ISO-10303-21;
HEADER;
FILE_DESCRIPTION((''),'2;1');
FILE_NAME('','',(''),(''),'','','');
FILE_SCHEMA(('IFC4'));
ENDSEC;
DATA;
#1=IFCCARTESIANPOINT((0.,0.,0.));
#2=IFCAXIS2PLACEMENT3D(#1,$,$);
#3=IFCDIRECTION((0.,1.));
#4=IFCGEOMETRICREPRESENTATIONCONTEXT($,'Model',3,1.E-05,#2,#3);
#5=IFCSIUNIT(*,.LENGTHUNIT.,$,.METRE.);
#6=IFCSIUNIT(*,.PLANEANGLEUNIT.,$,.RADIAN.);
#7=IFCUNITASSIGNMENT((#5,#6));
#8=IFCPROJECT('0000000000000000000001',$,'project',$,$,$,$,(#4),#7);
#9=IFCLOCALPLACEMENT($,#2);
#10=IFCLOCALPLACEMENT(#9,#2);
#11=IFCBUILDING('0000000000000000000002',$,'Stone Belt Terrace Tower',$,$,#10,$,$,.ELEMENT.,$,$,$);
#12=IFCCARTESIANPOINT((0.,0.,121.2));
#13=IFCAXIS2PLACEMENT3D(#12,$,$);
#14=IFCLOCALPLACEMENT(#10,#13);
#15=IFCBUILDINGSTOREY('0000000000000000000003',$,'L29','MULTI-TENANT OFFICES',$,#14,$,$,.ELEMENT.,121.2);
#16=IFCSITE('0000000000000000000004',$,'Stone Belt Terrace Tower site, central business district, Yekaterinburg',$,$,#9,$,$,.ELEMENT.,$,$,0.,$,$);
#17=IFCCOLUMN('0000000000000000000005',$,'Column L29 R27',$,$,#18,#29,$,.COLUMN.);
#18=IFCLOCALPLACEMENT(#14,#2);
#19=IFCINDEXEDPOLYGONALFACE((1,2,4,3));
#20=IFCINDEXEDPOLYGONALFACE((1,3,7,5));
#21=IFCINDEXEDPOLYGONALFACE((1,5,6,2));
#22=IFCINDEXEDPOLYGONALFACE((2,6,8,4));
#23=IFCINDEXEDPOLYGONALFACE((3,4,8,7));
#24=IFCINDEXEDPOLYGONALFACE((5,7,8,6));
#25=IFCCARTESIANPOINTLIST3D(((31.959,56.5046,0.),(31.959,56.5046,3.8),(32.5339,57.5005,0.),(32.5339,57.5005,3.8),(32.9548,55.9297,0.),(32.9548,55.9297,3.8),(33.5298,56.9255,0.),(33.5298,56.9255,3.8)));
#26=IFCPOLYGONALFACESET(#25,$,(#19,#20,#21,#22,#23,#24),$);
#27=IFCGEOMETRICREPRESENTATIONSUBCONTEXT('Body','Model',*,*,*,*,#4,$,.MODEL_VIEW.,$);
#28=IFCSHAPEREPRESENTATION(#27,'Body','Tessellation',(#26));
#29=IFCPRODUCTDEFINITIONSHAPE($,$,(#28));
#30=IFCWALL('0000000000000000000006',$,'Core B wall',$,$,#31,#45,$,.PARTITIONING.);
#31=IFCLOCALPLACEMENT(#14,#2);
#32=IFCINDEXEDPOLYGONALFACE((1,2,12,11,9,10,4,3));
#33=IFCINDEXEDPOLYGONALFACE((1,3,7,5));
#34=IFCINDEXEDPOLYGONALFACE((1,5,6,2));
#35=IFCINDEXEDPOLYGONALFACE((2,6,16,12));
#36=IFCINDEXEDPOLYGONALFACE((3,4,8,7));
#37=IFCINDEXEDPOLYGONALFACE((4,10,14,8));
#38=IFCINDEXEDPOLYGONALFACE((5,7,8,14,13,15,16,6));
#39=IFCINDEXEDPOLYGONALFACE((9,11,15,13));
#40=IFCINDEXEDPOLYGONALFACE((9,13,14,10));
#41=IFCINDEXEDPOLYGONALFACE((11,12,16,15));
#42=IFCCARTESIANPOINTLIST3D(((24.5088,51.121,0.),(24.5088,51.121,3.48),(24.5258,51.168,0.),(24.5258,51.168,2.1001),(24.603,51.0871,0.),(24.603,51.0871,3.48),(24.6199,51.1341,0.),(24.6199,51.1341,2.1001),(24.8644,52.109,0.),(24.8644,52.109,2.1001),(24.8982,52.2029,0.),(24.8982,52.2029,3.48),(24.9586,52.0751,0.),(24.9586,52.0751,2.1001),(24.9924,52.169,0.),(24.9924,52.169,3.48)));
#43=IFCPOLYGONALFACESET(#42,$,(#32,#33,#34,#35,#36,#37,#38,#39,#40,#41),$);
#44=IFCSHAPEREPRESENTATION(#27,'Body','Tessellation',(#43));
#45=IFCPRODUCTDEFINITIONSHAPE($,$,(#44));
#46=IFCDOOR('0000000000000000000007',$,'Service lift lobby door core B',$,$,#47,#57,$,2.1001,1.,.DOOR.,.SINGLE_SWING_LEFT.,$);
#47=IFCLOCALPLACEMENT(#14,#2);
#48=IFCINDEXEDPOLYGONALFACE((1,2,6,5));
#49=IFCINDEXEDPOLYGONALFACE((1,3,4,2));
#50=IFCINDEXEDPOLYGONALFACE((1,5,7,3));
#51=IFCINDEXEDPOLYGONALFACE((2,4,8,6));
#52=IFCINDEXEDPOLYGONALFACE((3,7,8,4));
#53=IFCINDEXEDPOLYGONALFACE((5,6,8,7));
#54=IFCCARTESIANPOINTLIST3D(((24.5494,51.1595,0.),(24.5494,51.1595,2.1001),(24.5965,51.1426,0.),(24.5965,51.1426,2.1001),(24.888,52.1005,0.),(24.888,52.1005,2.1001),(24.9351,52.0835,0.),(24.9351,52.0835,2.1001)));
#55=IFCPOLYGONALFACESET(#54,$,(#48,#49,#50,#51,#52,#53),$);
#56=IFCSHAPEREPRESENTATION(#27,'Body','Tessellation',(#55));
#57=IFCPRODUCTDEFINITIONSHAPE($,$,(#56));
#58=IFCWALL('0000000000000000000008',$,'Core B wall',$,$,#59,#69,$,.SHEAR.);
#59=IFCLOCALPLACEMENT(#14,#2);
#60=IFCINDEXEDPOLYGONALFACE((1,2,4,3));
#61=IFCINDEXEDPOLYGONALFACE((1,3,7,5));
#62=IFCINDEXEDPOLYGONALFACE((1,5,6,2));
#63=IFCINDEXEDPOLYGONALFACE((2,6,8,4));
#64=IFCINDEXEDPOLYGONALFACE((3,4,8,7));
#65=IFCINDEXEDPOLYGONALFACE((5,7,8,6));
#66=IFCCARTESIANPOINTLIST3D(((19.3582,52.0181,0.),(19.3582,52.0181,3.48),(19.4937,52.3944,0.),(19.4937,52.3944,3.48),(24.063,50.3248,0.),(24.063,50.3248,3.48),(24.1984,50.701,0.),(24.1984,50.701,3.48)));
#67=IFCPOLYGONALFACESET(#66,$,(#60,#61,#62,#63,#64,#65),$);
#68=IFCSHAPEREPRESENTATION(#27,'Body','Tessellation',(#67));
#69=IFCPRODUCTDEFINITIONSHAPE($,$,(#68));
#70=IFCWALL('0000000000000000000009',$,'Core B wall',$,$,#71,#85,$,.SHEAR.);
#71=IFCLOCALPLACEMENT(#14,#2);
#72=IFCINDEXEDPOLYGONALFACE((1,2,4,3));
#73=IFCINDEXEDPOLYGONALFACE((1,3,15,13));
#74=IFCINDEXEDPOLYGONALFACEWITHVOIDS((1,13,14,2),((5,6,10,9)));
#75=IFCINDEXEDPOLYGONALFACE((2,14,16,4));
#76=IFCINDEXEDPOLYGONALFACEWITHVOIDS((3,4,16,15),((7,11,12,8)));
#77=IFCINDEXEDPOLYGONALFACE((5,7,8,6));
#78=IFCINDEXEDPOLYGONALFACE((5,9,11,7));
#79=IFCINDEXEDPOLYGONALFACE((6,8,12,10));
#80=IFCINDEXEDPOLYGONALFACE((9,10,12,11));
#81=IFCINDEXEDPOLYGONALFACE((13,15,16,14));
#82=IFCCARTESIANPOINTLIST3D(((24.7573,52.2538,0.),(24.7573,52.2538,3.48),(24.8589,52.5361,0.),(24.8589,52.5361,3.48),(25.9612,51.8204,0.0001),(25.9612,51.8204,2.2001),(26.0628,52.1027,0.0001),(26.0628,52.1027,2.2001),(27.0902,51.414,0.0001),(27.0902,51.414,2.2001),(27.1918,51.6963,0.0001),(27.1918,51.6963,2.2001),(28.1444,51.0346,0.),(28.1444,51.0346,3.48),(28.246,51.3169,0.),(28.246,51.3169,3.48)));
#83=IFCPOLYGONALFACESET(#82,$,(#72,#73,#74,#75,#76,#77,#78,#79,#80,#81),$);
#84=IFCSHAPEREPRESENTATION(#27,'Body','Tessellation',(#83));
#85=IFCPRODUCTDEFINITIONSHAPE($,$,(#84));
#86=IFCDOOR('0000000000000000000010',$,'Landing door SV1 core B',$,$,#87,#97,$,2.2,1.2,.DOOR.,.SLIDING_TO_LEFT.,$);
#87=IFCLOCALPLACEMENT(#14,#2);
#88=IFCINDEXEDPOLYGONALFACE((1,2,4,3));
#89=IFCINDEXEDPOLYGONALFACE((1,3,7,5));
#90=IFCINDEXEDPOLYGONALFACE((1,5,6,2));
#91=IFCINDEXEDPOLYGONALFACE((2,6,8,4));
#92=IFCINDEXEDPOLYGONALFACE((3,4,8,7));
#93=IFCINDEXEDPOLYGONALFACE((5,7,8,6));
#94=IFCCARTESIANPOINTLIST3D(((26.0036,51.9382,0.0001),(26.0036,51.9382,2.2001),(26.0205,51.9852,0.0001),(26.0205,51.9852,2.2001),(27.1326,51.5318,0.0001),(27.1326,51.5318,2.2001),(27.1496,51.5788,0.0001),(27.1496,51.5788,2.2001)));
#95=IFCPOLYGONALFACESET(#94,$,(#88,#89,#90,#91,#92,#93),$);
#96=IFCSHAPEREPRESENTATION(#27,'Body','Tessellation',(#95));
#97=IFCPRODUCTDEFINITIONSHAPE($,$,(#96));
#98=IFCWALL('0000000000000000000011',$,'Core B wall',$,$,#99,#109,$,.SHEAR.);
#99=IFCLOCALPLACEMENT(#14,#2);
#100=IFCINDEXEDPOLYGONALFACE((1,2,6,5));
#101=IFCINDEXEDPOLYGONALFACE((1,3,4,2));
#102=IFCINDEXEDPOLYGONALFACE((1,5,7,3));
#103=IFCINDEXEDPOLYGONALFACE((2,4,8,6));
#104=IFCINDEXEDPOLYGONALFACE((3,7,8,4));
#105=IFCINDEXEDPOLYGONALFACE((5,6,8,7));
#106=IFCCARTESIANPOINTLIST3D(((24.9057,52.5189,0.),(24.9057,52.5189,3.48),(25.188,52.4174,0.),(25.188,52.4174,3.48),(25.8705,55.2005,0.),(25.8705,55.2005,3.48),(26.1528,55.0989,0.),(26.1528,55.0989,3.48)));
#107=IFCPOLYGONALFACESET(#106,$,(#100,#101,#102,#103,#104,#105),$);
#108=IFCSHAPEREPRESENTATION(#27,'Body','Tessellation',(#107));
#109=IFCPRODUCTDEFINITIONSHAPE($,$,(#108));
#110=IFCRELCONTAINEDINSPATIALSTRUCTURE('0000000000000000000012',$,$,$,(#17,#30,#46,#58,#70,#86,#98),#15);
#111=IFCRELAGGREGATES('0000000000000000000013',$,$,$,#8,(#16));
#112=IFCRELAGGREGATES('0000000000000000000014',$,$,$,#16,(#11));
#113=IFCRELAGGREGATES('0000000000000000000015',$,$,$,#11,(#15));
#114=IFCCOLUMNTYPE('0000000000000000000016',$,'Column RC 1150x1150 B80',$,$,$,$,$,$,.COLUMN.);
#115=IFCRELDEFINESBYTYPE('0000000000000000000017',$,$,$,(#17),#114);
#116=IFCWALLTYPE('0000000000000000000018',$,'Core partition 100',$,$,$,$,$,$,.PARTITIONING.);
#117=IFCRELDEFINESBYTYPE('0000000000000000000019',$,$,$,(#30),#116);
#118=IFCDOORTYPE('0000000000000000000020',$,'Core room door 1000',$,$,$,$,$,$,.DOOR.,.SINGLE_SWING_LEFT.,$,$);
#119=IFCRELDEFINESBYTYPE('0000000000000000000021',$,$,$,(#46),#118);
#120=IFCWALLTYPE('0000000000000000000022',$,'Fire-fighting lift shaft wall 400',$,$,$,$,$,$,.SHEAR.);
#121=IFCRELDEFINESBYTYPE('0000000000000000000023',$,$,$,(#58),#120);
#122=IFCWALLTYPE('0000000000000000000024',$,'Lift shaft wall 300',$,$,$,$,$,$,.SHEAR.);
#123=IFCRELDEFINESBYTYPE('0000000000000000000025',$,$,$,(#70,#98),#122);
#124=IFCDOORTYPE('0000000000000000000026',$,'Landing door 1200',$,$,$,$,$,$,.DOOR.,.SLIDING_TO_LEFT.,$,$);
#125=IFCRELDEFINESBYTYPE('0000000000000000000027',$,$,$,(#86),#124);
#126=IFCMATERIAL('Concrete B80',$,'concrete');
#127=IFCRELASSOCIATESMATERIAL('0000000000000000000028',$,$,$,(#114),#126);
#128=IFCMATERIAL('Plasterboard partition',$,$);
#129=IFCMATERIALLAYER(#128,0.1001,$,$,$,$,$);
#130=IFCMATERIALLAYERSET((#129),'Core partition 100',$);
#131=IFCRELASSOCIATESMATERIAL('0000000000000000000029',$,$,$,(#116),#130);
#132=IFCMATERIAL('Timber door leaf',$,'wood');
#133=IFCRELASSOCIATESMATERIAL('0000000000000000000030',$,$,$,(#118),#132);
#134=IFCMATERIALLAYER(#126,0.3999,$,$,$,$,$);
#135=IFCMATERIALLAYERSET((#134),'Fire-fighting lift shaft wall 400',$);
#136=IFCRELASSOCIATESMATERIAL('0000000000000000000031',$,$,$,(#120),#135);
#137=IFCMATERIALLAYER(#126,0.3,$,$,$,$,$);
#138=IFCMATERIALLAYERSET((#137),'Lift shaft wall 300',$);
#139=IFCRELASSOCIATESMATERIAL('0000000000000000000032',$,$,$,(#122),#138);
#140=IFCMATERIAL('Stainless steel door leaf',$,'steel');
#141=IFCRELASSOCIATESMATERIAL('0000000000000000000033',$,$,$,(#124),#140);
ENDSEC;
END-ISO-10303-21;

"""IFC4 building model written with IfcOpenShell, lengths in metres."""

from ifc_helpers import new_model, si_unit, direction, frame, frame_2d, origin, origin_2d, place, context, subcontext, project, spatial, rectangle, extrude, material, layer, layer_set, material_profile, profile_set, type_object, element, fill, save


model = new_model("IFC4")

# Units and contexts
model_context = context("Model", 3, precision=1e-05, world=origin(), true_north=direction((0.0, 1.0)))
body_context = subcontext(model_context, "Body", "Model", "MODEL_VIEW")
ifc_project = project(units=[si_unit("LENGTHUNIT", "METRE"), si_unit("PLANEANGLEUNIT", "RADIAN")], contexts=[model_context])

# Site, building, storey
site_placement = place(None, origin())
site = spatial("IfcSite", under=ifc_project, at=site_placement, Name="Stone Belt Terrace Tower site, central business district, Yekaterinburg", CompositionType="ELEMENT", RefElevation=0.0)
building_placement = place(site_placement, origin())
building = spatial("IfcBuilding", under=site, at=building_placement, Name="Stone Belt Terrace Tower", CompositionType="ELEMENT")
storey_placement = place(building_placement, frame((0.0, 0.0, 121.2)))
storey = spatial("IfcBuildingStorey", under=building, at=storey_placement, Name="L29", Description="MULTI-TENANT OFFICES", CompositionType="ELEMENT", Elevation=121.2)

# Column
ifc_material_1 = material(Name="Concrete B80", Category="concrete")
ifc_material_profile = material_profile(ifc_material_1, rectangle(XDim=1.1499, YDim=1.1499, at=origin_2d()), Name="RC 1150x1150")
ifc_profile_set = profile_set([ifc_material_profile], Name="Concrete B80")
column_type = type_object("IfcColumnType", Name="Column RC 1150x1150 B80", PredefinedType="COLUMN", material=ifc_profile_set)
column_placement = place(storey_placement, frame((32.7444, 56.7151, 0.0), z_axis=(0.0, 0.0, 1.0), x_axis=(0.866025, -0.5, 0.0)))
element("IfcColumn", 1, at=column_placement, inside=storey, type_object=column_type, Name="Column L29 R27", PredefinedType="COLUMN", context=body_context, shape_type="SweptSolid", body=[
    extrude(rectangle(XDim=1.1499, YDim=1.1499, at=origin_2d()), origin(), (0.0, 0.0, 1.0), 3.8),
])

# Wall, opening, door
ifc_material_2 = material(Name="Plasterboard partition")
ifc_layer_1 = layer(ifc_material_2, 0.1001)
ifc_layer_set_1 = layer_set([ifc_layer_1], Name="Core partition 100")
wall_type_1 = type_object("IfcWallType", Name="Core partition 100", PredefinedType="PARTITIONING", material=ifc_layer_set_1)
wall_1_placement = place(storey_placement, frame((24.5559, 51.104, 0.0), z_axis=(0.0, 0.0, 1.0), x_axis=(0.338622, 0.940923, 0.0)))
wall_1 = element("IfcWall", 2, at=wall_1_placement, inside=storey, type_object=wall_type_1, Name="Core B wall", PredefinedType="PARTITIONING", context=body_context, shape_type="SweptSolid", body=[
    extrude(rectangle(XDim=1.1499, YDim=0.1001, at=frame_2d((0.575, 0.0))), origin(), (0.0, 0.0, 1.0), 3.48),
])
opening_1_placement = place(wall_1_placement, frame((0.05, 0.0, 0.0)))
opening_1 = element("IfcOpeningElement", 3, at=opening_1_placement, cuts=wall_1, PredefinedType="OPENING", context=body_context, shape_type="SweptSolid", body=[
    extrude(rectangle(XDim=1.0, YDim=2.1001, at=frame_2d((0.5, 1.05))), frame((0.0, 0.0601, 0.0), z_axis=(0.0, -1.0, 0.0), x_axis=(1.0, 0.0, 0.0)), (0.0, 0.0, 1.0), 0.1201),
])
ifc_material_3 = material(Name="Timber door leaf", Category="wood")
door_type_1 = type_object("IfcDoorType", Name="Core room door 1000", OperationType="SINGLE_SWING_LEFT", PredefinedType="DOOR", material=ifc_material_3)
door_1_placement = place(opening_1_placement, origin())
door_1 = element("IfcDoor", 4, at=door_1_placement, inside=storey, type_object=door_type_1, Name="Service lift lobby door core B", OperationType="SINGLE_SWING_LEFT", OverallHeight=2.1001, OverallWidth=1.0, PredefinedType="DOOR", context=body_context, shape_type="SweptSolid", body=[
    extrude(rectangle(XDim=1.0, YDim=2.1001, at=frame_2d((0.5, 1.05))), frame((0.0, 0.0249, 0.0), z_axis=(0.0, -1.0, 0.0), x_axis=(1.0, 0.0, 0.0)), (0.0, 0.0, 1.0), 0.05),
])
fill(opening_1, door_1)

# Wall
ifc_layer_2 = layer(ifc_material_1, 0.3999)
ifc_layer_set_2 = layer_set([ifc_layer_2], Name="Fire-fighting lift shaft wall 400")
wall_type_2 = type_object("IfcWallType", Name="Fire-fighting lift shaft wall 400", PredefinedType="SHEAR", material=ifc_layer_set_2)
wall_2_placement = place(storey_placement, frame((24.1306, 50.5129, 0.0), z_axis=(0.0, 0.0, 1.0), x_axis=(-0.940912, 0.338652, 0.0)))
element("IfcWall", 5, at=wall_2_placement, inside=storey, type_object=wall_type_2, Name="Core B wall", PredefinedType="SHEAR", context=body_context, shape_type="SweptSolid", body=[
    extrude(rectangle(XDim=5.0002, YDim=0.3999, at=frame_2d((2.5, 0.0))), origin(), (0.0, 0.0, 1.0), 3.48),
])

# Wall, opening, door
ifc_layer_3 = layer(ifc_material_1, 0.3)
ifc_layer_set_3 = layer_set([ifc_layer_3], Name="Lift shaft wall 300")
wall_type_3 = type_object("IfcWallType", Name="Lift shaft wall 300", PredefinedType="SHEAR", material=ifc_layer_set_3)
wall_3_placement = place(storey_placement, frame((28.1951, 51.1758, 0.0), z_axis=(0.0, 0.0, 1.0), x_axis=(-0.940901, 0.338681, 0.0)))
wall_3 = element("IfcWall", 6, at=wall_3_placement, inside=storey, type_object=wall_type_3, Name="Core B wall", PredefinedType="SHEAR", context=body_context, shape_type="SweptSolid", body=[
    extrude(rectangle(XDim=3.5999, YDim=0.3, at=frame_2d((1.7998, 0.0))), origin(), (0.0, 0.0, 1.0), 3.48),
])
opening_2_placement = place(wall_3_placement, frame((1.1201, 0.0, 0.0)))
opening_2 = element("IfcOpeningElement", 7, at=opening_2_placement, cuts=wall_3, PredefinedType="OPENING", context=body_context, shape_type="SweptSolid", body=[
    extrude(rectangle(XDim=1.2, YDim=2.2, at=frame_2d((0.6001, 1.1001))), frame((0.0, 0.1599, 0.0), z_axis=(0.0, -1.0, 0.0), x_axis=(1.0, 0.0, 0.0)), (0.0, 0.0, 1.0), 0.3201),
])
ifc_material_4 = material(Name="Stainless steel door leaf", Category="steel")
door_type_2 = type_object("IfcDoorType", Name="Landing door 1200", OperationType="SLIDING_TO_LEFT", PredefinedType="DOOR", material=ifc_material_4)
door_2_placement = place(opening_2_placement, origin())
door_2 = element("IfcDoor", 8, at=door_2_placement, inside=storey, type_object=door_type_2, Name="Landing door SV1 core B", OperationType="SLIDING_TO_LEFT", OverallHeight=2.2, OverallWidth=1.2, PredefinedType="DOOR", context=body_context, shape_type="SweptSolid", body=[
    extrude(rectangle(XDim=1.2, YDim=2.2, at=frame_2d((0.6001, 1.1001))), frame((0.0, 0.0249, 0.0), z_axis=(0.0, -1.0, 0.0), x_axis=(1.0, 0.0, 0.0)), (0.0, 0.0, 1.0), 0.05),
])
fill(opening_2, door_2)

# Wall
wall_4_placement = place(storey_placement, frame((25.0469, 52.4683, 0.0), z_axis=(0.0, 0.0, 1.0), x_axis=(0.33855, 0.940949, 0.0)))
element("IfcWall", 9, at=wall_4_placement, inside=storey, type_object=wall_type_3, Name="Core B wall", PredefinedType="SHEAR", context=body_context, shape_type="SweptSolid", body=[
    extrude(rectangle(XDim=2.8499, YDim=0.3, at=frame_2d((1.4248, 0.0))), origin(), (0.0, 0.0, 1.0), 3.48),
])

save(model, "model.ifc")
